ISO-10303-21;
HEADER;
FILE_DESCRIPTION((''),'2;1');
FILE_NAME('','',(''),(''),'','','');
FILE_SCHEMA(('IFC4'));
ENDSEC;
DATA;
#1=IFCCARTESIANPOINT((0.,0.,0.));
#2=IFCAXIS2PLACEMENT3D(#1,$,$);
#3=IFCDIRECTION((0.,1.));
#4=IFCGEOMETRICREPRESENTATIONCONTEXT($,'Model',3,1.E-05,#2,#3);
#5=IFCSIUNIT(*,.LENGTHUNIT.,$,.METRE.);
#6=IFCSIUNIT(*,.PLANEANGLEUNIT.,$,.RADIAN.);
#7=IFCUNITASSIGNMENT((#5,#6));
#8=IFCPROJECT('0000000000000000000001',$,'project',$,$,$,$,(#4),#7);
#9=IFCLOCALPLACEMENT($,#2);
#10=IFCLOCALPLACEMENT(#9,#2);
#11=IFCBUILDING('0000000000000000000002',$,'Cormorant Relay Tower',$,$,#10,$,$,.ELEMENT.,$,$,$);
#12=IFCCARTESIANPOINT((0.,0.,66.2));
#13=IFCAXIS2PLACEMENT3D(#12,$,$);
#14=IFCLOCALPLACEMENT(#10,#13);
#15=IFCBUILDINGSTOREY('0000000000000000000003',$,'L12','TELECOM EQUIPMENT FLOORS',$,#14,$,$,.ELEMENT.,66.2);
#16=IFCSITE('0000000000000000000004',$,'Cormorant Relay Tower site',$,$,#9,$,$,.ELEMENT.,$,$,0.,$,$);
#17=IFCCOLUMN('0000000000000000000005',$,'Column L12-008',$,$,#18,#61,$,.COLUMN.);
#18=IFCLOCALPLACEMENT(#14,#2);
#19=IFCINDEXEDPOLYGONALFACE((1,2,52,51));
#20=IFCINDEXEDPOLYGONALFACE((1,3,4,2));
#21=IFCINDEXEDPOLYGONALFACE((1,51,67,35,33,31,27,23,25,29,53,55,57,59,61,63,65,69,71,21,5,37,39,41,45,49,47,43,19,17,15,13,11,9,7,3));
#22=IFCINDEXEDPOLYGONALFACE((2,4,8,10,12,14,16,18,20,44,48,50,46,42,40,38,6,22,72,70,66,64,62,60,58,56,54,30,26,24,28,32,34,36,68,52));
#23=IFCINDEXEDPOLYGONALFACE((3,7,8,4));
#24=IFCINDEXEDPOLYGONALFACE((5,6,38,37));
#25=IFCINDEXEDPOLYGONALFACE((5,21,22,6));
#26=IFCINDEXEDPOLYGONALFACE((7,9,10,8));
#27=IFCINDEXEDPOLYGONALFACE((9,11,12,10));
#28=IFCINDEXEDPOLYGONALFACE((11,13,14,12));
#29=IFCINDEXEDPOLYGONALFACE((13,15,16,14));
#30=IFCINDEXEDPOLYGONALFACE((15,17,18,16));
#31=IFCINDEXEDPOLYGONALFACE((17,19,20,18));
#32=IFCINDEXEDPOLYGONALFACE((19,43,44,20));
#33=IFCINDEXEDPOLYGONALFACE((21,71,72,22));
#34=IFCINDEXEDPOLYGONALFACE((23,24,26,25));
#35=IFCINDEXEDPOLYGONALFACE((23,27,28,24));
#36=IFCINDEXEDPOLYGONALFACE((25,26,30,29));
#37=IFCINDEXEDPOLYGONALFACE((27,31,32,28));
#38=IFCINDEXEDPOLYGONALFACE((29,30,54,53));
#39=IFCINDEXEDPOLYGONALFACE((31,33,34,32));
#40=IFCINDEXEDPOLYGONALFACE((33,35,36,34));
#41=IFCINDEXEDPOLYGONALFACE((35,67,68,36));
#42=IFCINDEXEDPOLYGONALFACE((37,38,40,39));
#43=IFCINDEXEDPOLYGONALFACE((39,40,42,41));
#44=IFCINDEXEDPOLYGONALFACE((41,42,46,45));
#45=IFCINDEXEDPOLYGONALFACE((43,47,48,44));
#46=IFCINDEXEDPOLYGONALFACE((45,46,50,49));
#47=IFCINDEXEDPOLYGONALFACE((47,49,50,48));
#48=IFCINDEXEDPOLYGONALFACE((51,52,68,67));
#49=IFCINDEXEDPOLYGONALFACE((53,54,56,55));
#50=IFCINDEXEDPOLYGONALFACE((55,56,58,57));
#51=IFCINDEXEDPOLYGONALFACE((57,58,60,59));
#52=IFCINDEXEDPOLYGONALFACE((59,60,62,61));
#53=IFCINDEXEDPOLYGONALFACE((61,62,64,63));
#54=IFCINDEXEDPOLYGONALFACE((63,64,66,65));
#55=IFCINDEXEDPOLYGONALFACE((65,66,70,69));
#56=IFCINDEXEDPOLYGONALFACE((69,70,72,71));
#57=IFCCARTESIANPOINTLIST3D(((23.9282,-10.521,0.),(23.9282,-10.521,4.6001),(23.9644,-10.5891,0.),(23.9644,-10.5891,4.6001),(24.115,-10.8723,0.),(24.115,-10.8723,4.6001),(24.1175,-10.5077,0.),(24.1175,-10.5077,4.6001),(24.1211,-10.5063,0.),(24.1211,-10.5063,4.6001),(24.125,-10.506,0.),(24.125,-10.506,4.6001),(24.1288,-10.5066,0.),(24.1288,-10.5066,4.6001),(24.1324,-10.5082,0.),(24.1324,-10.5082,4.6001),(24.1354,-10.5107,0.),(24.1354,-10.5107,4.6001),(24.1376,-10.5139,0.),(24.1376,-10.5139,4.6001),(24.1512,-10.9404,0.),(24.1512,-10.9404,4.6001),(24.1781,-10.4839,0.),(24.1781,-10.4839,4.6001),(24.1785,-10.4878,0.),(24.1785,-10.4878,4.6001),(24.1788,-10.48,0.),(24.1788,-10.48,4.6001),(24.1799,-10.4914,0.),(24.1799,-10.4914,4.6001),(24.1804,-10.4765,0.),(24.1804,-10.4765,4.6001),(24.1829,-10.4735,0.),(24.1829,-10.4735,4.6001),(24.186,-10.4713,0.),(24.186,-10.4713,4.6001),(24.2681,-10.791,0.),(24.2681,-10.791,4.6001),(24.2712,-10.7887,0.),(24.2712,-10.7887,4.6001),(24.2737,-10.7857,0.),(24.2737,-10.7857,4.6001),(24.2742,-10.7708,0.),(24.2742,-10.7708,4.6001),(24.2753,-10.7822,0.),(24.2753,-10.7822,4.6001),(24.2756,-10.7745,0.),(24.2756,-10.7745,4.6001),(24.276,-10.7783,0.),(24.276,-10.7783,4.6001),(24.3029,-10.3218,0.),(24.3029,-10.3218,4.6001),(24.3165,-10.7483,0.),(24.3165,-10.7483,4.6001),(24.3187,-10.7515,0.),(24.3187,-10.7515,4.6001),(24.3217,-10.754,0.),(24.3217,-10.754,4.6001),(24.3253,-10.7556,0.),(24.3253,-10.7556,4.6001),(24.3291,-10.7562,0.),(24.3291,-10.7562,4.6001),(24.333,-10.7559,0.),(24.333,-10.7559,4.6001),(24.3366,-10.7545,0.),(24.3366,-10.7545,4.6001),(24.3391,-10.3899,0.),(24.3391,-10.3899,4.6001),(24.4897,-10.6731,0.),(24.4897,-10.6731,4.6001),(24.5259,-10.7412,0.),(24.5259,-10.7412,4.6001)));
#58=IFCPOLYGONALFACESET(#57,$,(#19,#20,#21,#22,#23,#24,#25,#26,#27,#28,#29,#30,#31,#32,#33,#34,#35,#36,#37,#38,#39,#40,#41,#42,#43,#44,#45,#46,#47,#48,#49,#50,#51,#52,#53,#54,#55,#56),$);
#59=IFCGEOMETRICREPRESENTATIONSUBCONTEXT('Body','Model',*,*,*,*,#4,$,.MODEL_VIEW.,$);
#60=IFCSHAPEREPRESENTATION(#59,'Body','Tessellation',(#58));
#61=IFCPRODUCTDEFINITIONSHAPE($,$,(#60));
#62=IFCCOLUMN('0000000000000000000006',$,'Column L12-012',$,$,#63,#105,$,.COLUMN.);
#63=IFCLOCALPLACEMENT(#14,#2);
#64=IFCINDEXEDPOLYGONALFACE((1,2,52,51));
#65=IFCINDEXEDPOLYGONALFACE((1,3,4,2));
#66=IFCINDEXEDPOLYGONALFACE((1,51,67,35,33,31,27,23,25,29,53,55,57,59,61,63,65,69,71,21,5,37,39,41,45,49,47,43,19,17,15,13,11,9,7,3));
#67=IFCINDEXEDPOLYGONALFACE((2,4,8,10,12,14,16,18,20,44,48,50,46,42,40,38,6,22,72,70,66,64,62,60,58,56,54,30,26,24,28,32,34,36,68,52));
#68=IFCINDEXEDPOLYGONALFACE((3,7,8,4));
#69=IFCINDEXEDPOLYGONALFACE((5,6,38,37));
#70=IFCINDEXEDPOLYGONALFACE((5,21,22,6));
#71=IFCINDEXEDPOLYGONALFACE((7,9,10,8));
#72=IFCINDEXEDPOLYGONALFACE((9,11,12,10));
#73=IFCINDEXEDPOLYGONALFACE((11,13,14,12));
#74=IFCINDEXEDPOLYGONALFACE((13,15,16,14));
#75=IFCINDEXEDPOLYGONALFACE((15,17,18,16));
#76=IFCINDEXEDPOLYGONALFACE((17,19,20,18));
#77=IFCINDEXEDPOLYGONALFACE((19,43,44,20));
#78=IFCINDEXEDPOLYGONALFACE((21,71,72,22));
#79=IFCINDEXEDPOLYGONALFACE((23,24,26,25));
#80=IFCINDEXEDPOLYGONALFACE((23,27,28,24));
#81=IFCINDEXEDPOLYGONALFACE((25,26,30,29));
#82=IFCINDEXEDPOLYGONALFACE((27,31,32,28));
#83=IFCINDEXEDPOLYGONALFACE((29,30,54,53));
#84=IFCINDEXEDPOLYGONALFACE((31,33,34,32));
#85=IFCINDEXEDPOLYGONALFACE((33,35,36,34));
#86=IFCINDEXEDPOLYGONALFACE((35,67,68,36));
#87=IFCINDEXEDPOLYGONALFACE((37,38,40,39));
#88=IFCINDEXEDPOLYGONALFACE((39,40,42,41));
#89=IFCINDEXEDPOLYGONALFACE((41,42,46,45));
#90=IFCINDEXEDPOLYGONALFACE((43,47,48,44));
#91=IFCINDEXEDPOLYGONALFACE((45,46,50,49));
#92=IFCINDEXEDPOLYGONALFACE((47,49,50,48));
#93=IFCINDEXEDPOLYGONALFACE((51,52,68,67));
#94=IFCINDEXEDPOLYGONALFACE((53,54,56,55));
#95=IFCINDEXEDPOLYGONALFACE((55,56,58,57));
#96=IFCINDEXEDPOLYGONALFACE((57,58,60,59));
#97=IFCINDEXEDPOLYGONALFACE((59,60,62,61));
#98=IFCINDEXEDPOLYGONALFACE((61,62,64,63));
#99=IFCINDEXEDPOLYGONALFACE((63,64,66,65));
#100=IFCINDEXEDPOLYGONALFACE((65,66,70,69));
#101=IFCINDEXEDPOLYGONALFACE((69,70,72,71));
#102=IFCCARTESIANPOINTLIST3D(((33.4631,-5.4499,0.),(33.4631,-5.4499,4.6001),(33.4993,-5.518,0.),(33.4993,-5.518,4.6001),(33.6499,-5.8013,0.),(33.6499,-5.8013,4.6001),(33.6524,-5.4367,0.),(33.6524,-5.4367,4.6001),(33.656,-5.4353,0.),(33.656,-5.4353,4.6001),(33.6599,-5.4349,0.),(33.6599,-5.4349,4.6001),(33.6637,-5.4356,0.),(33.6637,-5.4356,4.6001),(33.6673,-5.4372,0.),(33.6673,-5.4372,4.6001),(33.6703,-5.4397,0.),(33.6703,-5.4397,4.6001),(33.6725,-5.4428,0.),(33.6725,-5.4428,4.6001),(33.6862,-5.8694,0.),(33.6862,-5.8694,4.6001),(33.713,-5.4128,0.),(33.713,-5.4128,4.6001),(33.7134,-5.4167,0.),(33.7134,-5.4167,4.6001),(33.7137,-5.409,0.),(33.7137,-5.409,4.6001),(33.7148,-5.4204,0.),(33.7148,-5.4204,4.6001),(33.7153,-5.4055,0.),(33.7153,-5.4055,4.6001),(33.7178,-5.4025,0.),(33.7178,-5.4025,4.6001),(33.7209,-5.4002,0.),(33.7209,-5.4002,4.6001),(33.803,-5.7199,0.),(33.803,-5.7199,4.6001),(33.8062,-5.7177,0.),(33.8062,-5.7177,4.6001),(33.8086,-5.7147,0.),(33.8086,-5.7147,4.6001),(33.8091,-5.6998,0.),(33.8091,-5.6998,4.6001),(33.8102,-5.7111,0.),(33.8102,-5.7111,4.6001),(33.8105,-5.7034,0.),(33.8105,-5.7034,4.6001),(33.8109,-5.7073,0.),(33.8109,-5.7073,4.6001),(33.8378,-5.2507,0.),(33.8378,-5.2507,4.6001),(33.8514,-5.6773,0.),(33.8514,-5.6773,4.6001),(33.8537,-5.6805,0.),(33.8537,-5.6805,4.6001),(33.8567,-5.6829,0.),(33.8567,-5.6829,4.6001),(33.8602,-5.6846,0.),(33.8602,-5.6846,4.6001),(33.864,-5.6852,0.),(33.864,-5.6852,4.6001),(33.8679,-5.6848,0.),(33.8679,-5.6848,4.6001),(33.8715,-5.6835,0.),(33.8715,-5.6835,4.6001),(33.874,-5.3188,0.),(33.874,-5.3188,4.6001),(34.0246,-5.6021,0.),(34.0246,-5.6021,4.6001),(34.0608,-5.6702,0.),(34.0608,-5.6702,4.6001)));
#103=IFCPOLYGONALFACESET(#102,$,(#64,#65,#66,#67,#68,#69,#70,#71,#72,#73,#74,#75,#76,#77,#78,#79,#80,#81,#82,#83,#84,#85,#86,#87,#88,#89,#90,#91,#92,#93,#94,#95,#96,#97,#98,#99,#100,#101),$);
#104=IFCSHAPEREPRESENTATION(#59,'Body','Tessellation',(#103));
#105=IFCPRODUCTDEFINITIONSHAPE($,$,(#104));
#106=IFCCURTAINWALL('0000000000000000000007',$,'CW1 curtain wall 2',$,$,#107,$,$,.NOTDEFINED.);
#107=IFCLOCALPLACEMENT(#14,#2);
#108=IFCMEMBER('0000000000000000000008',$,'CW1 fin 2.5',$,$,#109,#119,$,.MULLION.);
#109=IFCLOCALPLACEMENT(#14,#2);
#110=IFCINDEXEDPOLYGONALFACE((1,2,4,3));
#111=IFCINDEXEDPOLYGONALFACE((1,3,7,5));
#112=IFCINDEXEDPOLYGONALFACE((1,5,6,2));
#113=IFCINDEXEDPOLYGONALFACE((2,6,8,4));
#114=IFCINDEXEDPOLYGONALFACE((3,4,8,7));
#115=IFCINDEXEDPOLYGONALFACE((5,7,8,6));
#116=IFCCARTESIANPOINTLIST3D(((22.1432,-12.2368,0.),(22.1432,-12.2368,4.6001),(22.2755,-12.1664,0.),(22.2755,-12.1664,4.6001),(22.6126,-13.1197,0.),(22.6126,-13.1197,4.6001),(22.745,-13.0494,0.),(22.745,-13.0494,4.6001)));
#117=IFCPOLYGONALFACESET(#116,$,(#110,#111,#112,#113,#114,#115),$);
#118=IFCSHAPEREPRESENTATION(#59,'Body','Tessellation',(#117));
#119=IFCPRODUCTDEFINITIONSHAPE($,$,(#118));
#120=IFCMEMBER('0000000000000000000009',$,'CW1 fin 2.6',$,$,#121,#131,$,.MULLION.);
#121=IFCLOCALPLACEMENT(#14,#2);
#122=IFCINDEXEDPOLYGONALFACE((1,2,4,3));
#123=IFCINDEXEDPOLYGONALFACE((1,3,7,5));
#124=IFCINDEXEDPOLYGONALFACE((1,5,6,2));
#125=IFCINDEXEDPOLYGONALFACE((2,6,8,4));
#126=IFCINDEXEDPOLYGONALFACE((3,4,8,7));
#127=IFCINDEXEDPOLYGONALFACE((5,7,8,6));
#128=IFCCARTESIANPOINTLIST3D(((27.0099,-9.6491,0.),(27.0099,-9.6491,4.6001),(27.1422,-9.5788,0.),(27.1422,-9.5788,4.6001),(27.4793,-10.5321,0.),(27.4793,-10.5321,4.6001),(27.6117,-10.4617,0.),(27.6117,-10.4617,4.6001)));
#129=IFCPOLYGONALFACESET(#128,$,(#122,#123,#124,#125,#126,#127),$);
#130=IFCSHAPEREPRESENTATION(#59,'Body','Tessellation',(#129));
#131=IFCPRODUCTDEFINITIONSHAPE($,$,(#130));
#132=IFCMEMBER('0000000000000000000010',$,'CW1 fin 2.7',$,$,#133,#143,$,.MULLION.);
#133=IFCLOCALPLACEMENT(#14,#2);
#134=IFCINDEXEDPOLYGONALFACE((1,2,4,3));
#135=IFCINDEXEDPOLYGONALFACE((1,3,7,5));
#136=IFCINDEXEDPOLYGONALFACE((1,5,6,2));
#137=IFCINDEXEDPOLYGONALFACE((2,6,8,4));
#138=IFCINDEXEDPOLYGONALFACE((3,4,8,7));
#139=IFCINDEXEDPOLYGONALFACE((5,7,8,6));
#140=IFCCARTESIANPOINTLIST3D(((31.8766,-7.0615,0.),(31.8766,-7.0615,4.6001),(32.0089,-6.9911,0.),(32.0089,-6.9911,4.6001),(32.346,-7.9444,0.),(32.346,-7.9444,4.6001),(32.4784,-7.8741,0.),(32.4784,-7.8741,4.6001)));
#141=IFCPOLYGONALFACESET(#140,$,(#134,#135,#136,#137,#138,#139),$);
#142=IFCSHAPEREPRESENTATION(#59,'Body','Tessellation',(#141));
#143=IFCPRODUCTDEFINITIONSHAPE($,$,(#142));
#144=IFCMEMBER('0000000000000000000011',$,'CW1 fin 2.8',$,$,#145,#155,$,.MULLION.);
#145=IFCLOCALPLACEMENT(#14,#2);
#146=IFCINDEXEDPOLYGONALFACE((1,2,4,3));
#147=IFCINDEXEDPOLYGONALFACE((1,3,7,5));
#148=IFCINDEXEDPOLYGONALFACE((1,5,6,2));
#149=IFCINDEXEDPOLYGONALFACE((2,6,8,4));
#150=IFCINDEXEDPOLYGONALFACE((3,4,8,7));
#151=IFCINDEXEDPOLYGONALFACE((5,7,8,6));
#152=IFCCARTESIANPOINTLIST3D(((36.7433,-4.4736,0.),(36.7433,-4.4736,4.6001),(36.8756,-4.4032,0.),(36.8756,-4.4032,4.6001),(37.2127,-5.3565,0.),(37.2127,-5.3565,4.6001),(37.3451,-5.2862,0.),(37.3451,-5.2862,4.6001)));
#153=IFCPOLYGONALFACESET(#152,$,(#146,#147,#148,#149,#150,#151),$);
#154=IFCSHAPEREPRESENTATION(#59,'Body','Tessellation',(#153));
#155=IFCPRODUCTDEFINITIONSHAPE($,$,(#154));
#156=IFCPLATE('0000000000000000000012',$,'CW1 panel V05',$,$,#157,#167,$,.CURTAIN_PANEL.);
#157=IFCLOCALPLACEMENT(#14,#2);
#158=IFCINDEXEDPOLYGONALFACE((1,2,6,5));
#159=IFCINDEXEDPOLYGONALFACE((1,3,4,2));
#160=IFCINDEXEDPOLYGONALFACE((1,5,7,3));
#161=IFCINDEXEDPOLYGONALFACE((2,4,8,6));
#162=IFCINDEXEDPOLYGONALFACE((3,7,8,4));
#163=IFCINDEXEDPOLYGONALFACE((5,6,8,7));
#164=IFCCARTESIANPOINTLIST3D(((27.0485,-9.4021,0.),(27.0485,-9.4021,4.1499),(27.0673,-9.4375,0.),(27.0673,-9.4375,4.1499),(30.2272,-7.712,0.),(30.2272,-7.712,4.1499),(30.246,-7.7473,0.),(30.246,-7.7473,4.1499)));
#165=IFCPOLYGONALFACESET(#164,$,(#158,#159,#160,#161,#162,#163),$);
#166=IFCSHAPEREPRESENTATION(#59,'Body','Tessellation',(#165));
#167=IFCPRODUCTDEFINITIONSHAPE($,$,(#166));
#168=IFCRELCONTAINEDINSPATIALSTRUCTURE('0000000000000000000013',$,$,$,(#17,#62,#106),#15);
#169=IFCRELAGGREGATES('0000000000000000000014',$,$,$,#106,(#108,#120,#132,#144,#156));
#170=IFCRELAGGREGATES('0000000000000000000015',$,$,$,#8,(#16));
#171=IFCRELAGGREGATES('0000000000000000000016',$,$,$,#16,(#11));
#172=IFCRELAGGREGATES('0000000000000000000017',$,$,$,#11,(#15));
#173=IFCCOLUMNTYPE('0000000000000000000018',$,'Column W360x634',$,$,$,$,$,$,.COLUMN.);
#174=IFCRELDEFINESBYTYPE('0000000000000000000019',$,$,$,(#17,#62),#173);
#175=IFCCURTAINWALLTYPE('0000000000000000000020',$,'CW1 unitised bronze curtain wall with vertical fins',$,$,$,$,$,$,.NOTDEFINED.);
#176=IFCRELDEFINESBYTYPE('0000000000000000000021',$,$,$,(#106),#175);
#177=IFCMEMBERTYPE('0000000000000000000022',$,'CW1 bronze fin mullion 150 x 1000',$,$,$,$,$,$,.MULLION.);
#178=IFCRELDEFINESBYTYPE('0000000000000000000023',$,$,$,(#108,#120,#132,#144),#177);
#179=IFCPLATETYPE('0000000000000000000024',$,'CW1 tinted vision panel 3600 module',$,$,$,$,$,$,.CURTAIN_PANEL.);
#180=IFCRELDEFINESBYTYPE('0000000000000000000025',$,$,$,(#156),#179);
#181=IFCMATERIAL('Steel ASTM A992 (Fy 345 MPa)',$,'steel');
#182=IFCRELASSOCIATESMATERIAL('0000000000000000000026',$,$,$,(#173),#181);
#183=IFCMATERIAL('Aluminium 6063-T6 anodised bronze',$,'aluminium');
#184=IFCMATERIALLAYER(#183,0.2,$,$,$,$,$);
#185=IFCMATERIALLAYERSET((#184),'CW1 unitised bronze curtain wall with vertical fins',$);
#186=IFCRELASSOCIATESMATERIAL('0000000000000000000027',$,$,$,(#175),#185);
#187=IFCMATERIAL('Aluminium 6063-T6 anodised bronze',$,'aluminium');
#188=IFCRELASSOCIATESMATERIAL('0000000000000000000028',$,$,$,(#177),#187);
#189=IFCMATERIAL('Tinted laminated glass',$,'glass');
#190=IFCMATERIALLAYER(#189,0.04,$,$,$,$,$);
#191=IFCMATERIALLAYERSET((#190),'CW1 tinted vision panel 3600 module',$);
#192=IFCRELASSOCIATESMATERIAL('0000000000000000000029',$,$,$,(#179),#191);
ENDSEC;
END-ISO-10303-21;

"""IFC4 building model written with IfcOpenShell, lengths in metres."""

from ifc_helpers import new_model, si_unit, direction, frame, origin, origin_2d, place, context, subcontext, project, spatial, rectangle, i_section, extrude, material, layer, layer_set, material_profile, profile_set, type_object, element, aggregate, save


model = new_model("IFC4")

# Units and contexts
model_context = context("Model", 3, precision=1e-05, world=origin(), true_north=direction((0.0, 1.0)))
body_context = subcontext(model_context, "Body", "Model", "MODEL_VIEW")
ifc_project = project(units=[si_unit("LENGTHUNIT", "METRE"), si_unit("PLANEANGLEUNIT", "RADIAN")], contexts=[model_context])

# Site, building, storey
site_placement = place(None, origin())
site = spatial("IfcSite", under=ifc_project, at=site_placement, Name="Cormorant Relay Tower site", CompositionType="ELEMENT", RefElevation=0.0)
building_placement = place(site_placement, origin())
building = spatial("IfcBuilding", under=site, at=building_placement, Name="Cormorant Relay Tower", CompositionType="ELEMENT")
storey_placement = place(building_placement, frame((0.0, 0.0, 66.2)))
storey = spatial("IfcBuildingStorey", under=building, at=storey_placement, Name="L12", Description="TELECOM EQUIPMENT FLOORS", CompositionType="ELEMENT", Elevation=66.2)

# Columns
ifc_material_1 = material(Name="Steel ASTM A992 (Fy 345 MPa)", Category="steel")
ifc_material_profile_1 = material_profile(ifc_material_1, i_section(OverallWidth=0.4243, OverallDepth=0.4751, WebThickness=0.0479, FlangeThickness=0.0771, FilletRadius=0.0149, at=origin_2d()), Name="W360x634")
ifc_profile_set_1 = profile_set([ifc_material_profile_1], Name="Steel ASTM A992 (Fy 345 MPa)")
column_type = type_object("IfcColumnType", Name="Column W360x634", PredefinedType="COLUMN", material=ifc_profile_set_1)
for number, where, z_axis, x_axis, name in (
    (1, (24.2271, -10.6311, 0.0), (0.0, 0.0, 1.0), (0.882948, 0.469472, 0.0), "Column L12-008"),
    (2, (33.762, -5.5601, 0.0), (0.0, 0.0, 1.0), (0.882948, 0.469472, 0.0), "Column L12-012"),
):
    element("IfcColumn", number, at=place(storey_placement, frame(where, z_axis=z_axis, x_axis=x_axis)), inside=storey, type_object=column_type, Name=name, PredefinedType="COLUMN", context=body_context, shape_type="SweptSolid", body=[
        extrude(i_section(OverallWidth=0.4243, OverallDepth=0.4751, WebThickness=0.0479, FlangeThickness=0.0771, FilletRadius=0.0149, at=origin_2d()), origin(), (0.0, 0.0, 1.0), 4.6001),
    ])

# Curtain wall, members, plate
ifc_material_2 = material(Name="Aluminium 6063-T6 anodised bronze", Category="aluminium")
ifc_layer_1 = layer(ifc_material_2, 0.2)
ifc_layer_set_1 = layer_set([ifc_layer_1], Name="CW1 unitised bronze curtain wall with vertical fins")
curtain_wall_type = type_object("IfcCurtainWallType", Name="CW1 unitised bronze curtain wall with vertical fins", PredefinedType="NOTDEFINED", material=ifc_layer_set_1)
curtain_wall_placement = place(storey_placement, origin())
curtain_wall = element("IfcCurtainWall", 3, at=curtain_wall_placement, inside=storey, type_object=curtain_wall_type, Name="CW1 curtain wall 2", PredefinedType="NOTDEFINED")
ifc_material_3 = material(Name="Aluminium 6063-T6 anodised bronze", Category="aluminium")
ifc_material_profile_2 = material_profile(ifc_material_3, rectangle(XDim=0.1499, YDim=1.0, at=origin_2d()), Name="AL 150x1000")
ifc_profile_set_2 = profile_set([ifc_material_profile_2], Name="Aluminium 6063-T6 anodised bronze")
member_type = type_object("IfcMemberType", Name="CW1 bronze fin mullion 150 x 1000", PredefinedType="MULLION", material=ifc_profile_set_2)
member_1_placement = place(storey_placement, frame((22.4441, -12.6431, 0.0), z_axis=(0.0, 0.0, 1.0), x_axis=(0.882948, 0.469472, 0.0)))
member_1 = element("IfcMember", 4, at=member_1_placement, type_object=member_type, Name="CW1 fin 2.5", PredefinedType="MULLION", context=body_context, shape_type="SweptSolid", body=[
    extrude(rectangle(XDim=0.1499, YDim=1.0, at=origin_2d()), origin(), (0.0, 0.0, 1.0), 4.6001),
])
member_2_placement = place(storey_placement, frame((27.3108, -10.0554, 0.0), z_axis=(0.0, 0.0, 1.0), x_axis=(0.882948, 0.469472, 0.0)))
member_2 = element("IfcMember", 5, at=member_2_placement, type_object=member_type, Name="CW1 fin 2.6", PredefinedType="MULLION", context=body_context, shape_type="SweptSolid", body=[
    extrude(rectangle(XDim=0.1499, YDim=1.0, at=origin_2d()), origin(), (0.0, 0.0, 1.0), 4.6001),
])
member_3_placement = place(storey_placement, frame((32.1775, -7.4678, 0.0), z_axis=(0.0, 0.0, 1.0), x_axis=(0.882948, 0.469472, 0.0)))
member_3 = element("IfcMember", 6, at=member_3_placement, type_object=member_type, Name="CW1 fin 2.7", PredefinedType="MULLION", context=body_context, shape_type="SweptSolid", body=[
    extrude(rectangle(XDim=0.1499, YDim=1.0, at=origin_2d()), origin(), (0.0, 0.0, 1.0), 4.6001),
])
member_4_placement = place(storey_placement, frame((37.0442, -4.8799, 0.0), z_axis=(0.0, 0.0, 1.0), x_axis=(0.882948, 0.469472, 0.0)))
member_4 = element("IfcMember", 7, at=member_4_placement, type_object=member_type, Name="CW1 fin 2.8", PredefinedType="MULLION", context=body_context, shape_type="SweptSolid", body=[
    extrude(rectangle(XDim=0.1499, YDim=1.0, at=origin_2d()), origin(), (0.0, 0.0, 1.0), 4.6001),
])
ifc_material_4 = material(Name="Tinted laminated glass", Category="glass")
ifc_layer_2 = layer(ifc_material_4, 0.04)
ifc_layer_set_2 = layer_set([ifc_layer_2], Name="CW1 tinted vision panel 3600 module")
plate_type = type_object("IfcPlateType", Name="CW1 tinted vision panel 3600 module", PredefinedType="CURTAIN_PANEL", material=ifc_layer_set_2)
plate_placement = place(storey_placement, frame((28.6472, -8.5747, 0.0), z_axis=(0.0, 0.0, 1.0), x_axis=(0.882948, 0.469472, 0.0)))
plate = element("IfcPlate", 8, at=plate_placement, type_object=plate_type, Name="CW1 panel V05", PredefinedType="CURTAIN_PANEL", context=body_context, shape_type="SweptSolid", body=[
    extrude(rectangle(XDim=3.6001, YDim=0.04, at=origin_2d()), origin(), (0.0, 0.0, 1.0), 4.1499),
])

aggregate(curtain_wall, [member_1, member_2, member_3, member_4, plate])

save(model, "model.ifc")
